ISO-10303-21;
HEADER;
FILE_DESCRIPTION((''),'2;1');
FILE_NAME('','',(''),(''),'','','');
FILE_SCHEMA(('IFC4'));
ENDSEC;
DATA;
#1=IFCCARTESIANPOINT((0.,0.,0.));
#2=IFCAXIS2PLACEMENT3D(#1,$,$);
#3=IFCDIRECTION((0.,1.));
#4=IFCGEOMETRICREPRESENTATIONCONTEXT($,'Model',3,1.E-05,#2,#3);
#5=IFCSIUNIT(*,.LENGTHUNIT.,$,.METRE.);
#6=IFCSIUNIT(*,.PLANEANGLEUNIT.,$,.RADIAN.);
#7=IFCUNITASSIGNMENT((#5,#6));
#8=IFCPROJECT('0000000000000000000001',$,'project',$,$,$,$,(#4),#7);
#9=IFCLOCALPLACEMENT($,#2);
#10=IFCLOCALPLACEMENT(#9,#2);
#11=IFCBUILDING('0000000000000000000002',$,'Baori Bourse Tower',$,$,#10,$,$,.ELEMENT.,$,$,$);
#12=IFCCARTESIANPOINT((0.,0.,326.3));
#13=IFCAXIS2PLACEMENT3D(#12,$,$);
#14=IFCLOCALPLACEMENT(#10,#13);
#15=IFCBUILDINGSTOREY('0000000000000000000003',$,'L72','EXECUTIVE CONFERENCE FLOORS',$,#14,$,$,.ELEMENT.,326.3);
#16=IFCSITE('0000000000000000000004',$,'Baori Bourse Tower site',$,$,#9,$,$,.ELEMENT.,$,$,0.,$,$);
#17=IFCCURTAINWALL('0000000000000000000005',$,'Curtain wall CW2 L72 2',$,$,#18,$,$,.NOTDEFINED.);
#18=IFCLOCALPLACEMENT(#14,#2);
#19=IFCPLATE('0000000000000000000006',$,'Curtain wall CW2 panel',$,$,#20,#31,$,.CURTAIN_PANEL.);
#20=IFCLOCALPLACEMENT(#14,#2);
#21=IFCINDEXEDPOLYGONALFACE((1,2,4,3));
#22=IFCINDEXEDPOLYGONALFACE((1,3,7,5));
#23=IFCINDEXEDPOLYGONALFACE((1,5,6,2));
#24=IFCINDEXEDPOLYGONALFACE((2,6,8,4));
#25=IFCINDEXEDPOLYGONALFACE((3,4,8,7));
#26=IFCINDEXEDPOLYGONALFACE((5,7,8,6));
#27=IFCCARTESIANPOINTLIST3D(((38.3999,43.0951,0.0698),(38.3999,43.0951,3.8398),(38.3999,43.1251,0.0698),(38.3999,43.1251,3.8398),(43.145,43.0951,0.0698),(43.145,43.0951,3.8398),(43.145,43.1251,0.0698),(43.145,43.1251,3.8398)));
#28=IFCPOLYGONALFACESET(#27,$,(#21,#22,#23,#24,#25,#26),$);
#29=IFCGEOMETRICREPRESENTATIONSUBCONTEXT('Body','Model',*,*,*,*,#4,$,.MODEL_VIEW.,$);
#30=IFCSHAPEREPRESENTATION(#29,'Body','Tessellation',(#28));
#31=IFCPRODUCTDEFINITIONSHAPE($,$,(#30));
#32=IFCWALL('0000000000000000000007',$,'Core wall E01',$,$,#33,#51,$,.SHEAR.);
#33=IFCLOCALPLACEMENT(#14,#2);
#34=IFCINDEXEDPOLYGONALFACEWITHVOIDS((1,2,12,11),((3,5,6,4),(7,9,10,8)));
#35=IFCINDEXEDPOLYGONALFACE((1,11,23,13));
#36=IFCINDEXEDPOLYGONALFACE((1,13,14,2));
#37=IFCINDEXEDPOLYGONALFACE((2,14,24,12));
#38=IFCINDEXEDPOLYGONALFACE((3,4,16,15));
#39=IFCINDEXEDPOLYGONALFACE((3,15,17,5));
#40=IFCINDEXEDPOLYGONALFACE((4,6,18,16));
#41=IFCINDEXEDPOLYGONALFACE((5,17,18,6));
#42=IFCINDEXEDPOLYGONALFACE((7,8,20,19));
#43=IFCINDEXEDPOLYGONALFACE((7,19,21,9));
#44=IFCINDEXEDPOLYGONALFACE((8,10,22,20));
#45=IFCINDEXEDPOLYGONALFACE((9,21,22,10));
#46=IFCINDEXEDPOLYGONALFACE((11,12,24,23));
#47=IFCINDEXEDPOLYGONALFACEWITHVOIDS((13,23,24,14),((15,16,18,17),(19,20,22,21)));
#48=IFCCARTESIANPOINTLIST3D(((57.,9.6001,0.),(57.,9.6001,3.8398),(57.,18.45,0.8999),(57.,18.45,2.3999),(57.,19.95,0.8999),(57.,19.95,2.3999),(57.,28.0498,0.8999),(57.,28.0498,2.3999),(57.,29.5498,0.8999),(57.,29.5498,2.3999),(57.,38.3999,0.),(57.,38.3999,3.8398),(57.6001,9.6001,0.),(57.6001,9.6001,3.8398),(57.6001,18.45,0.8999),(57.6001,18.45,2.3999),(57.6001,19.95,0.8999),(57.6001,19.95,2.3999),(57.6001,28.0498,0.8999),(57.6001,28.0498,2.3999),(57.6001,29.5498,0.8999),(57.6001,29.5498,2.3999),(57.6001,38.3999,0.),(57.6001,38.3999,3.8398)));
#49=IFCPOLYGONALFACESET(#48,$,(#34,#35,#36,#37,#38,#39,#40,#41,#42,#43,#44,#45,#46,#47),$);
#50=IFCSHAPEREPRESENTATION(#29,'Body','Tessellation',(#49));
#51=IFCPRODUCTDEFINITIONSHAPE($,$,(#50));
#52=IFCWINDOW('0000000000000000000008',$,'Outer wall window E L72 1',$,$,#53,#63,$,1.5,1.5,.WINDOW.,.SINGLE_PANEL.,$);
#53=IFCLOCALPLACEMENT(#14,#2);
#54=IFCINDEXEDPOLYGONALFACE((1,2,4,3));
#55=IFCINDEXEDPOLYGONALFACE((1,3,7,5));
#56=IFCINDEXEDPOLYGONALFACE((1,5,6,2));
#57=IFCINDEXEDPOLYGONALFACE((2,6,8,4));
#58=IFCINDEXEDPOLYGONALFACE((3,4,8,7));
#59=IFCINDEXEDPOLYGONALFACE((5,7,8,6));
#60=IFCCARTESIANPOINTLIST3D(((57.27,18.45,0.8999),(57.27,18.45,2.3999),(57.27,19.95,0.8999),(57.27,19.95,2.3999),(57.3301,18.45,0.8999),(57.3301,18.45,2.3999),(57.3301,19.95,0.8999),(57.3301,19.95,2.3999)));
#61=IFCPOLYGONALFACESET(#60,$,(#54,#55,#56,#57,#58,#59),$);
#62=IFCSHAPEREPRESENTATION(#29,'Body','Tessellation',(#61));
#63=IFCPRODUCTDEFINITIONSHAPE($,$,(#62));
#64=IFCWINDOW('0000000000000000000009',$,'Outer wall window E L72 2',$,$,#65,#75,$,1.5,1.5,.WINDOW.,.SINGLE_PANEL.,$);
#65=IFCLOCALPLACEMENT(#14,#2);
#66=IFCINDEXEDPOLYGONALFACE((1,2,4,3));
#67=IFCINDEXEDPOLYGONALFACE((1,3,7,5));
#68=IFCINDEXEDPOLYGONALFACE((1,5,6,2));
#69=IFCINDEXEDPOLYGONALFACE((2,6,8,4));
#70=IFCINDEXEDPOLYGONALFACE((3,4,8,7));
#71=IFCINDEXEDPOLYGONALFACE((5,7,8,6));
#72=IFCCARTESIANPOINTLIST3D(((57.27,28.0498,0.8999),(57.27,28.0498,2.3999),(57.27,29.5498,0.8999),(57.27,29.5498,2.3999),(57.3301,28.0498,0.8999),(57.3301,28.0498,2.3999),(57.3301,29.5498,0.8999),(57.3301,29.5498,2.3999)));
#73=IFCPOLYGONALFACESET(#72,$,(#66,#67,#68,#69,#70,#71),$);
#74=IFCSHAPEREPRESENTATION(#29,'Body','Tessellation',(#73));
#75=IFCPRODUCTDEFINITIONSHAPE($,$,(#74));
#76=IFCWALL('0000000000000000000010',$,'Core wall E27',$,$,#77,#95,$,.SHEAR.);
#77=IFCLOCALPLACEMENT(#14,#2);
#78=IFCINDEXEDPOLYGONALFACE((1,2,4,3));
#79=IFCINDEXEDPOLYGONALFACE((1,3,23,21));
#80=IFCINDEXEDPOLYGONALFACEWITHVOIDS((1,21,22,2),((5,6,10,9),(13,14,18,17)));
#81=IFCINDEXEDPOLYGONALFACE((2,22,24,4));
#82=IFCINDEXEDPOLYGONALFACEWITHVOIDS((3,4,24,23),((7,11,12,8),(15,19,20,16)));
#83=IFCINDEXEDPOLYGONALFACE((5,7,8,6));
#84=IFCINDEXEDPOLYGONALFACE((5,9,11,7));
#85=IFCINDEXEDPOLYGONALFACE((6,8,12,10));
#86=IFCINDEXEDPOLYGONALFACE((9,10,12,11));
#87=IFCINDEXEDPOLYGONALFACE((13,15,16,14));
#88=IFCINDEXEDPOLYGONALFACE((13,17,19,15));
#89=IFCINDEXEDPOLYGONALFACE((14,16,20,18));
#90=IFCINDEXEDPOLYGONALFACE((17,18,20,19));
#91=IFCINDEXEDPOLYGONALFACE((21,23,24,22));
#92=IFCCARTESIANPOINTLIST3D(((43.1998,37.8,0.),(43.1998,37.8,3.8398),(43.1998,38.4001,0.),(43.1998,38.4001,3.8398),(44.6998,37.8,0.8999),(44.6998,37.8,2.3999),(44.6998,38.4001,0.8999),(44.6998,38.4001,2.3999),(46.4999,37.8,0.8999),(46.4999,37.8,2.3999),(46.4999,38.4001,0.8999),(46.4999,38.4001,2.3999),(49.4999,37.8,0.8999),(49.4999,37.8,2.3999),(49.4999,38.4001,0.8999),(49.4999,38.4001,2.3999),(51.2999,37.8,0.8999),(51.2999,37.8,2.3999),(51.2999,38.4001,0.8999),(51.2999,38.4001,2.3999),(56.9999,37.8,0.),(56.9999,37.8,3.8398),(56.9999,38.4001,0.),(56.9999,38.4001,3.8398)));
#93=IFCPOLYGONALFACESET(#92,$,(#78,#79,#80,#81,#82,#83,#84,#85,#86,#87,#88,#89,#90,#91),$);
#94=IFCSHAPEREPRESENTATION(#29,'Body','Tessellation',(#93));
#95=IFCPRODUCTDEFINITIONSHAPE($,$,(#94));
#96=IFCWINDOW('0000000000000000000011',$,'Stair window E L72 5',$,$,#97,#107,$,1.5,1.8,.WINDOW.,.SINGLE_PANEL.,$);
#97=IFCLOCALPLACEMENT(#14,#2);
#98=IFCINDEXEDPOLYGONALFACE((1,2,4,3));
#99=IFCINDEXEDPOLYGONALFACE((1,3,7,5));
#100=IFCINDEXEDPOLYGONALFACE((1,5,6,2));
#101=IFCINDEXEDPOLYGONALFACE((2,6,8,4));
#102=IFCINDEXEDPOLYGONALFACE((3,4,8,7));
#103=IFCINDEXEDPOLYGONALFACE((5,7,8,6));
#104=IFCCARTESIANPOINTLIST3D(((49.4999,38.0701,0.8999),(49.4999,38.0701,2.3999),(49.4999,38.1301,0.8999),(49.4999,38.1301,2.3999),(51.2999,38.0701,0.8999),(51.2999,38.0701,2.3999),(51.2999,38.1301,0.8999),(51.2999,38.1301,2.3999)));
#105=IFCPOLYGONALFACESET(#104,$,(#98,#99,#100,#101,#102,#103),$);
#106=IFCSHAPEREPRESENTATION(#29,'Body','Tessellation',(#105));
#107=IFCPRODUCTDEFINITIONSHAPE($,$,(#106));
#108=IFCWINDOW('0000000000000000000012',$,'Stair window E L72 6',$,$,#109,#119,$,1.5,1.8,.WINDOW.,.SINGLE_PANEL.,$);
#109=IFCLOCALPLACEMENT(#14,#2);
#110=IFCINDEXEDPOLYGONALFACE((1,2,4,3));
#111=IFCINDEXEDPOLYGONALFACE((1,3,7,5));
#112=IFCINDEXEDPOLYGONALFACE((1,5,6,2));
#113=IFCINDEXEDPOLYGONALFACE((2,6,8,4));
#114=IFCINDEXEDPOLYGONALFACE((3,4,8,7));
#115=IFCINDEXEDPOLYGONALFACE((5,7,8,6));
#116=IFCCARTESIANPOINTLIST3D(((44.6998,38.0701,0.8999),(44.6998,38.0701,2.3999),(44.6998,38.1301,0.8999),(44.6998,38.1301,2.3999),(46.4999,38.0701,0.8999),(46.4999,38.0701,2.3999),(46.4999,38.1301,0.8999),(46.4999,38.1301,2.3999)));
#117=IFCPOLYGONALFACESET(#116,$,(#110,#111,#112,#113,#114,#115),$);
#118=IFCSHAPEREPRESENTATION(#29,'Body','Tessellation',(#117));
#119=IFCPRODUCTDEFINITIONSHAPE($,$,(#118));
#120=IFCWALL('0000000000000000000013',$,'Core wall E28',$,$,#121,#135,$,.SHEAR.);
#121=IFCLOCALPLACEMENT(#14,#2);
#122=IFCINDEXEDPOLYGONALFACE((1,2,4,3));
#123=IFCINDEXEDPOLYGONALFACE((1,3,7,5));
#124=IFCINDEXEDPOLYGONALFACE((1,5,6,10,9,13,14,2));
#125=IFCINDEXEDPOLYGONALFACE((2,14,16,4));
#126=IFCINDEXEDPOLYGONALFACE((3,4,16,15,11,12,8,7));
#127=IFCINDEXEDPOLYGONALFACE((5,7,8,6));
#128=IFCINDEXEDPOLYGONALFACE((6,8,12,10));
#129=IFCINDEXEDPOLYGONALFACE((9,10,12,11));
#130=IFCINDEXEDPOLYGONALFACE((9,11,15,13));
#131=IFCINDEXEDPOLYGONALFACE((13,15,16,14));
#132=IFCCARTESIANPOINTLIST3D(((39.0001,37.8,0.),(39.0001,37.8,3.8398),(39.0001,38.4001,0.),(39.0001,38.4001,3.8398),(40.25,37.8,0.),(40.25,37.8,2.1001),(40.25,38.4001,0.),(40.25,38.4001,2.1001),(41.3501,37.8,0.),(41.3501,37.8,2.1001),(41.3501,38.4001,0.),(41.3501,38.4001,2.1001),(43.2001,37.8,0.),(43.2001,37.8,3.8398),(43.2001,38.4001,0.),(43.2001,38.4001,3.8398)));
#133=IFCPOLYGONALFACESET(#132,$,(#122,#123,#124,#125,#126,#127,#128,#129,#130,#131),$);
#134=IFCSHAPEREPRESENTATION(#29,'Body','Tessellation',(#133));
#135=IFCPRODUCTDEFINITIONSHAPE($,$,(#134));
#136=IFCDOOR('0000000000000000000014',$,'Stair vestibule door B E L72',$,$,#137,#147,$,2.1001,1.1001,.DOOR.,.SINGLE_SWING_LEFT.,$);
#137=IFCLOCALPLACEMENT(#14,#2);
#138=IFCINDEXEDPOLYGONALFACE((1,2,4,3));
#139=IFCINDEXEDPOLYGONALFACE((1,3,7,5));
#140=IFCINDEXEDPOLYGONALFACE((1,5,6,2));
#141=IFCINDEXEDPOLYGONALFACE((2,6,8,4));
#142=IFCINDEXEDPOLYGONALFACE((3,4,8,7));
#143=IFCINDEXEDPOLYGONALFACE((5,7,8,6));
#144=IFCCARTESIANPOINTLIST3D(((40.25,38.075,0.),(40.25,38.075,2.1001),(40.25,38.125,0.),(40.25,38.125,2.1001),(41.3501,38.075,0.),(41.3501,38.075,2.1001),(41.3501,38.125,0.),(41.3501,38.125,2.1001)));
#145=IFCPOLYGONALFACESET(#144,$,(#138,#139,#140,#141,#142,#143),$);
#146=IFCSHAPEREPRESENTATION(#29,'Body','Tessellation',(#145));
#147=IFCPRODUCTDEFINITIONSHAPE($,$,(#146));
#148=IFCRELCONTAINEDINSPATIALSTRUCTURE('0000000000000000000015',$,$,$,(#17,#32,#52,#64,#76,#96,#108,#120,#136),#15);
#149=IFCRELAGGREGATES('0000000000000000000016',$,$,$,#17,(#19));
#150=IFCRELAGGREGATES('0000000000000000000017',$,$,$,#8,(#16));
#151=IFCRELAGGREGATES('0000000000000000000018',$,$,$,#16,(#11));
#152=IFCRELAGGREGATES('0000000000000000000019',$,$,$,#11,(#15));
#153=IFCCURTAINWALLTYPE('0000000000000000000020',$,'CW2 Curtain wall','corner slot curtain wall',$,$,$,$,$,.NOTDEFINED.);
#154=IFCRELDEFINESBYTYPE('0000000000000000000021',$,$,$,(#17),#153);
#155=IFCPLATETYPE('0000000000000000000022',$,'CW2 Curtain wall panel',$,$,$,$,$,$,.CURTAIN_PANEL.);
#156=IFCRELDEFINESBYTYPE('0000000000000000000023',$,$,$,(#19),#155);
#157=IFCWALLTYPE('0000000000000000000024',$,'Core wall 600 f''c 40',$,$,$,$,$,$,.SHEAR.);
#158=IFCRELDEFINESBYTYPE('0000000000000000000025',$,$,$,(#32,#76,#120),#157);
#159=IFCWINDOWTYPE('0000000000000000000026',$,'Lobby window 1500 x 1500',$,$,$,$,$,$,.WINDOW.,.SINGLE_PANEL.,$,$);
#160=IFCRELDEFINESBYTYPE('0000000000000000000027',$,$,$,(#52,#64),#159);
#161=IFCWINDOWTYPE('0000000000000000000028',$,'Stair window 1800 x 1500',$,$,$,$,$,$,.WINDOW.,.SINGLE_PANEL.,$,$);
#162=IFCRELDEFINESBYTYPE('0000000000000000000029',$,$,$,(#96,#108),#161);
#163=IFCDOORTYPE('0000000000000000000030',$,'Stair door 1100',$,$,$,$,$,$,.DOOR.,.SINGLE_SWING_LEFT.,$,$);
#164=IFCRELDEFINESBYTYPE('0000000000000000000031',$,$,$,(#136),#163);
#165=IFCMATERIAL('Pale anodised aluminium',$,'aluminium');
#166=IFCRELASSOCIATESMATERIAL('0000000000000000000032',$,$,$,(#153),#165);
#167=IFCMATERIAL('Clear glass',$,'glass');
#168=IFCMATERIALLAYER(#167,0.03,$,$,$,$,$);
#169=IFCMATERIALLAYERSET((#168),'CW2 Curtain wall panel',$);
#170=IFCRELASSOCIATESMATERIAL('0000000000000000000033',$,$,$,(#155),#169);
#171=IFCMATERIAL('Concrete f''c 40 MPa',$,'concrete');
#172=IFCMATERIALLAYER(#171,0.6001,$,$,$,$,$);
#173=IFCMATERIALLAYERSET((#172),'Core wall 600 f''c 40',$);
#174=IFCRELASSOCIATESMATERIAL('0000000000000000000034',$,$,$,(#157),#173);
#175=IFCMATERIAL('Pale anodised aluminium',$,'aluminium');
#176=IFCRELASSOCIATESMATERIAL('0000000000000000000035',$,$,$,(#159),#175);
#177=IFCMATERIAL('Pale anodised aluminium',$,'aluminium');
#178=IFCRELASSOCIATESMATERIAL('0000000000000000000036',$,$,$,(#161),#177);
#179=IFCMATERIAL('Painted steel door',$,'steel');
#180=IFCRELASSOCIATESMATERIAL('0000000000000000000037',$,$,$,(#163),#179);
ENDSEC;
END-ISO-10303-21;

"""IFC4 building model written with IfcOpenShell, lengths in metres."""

from ifc_helpers import new_model, si_unit, direction, frame, frame_2d, origin, origin_2d, place, context, subcontext, project, spatial, rectangle, extrude, material, layer, layer_set, type_object, element, fill, aggregate, save


model = new_model("IFC4")

# Units and contexts
model_context = context("Model", 3, precision=1e-05, world=origin(), true_north=direction((0.0, 1.0)))
body_context = subcontext(model_context, "Body", "Model", "MODEL_VIEW")
ifc_project = project(units=[si_unit("LENGTHUNIT", "METRE"), si_unit("PLANEANGLEUNIT", "RADIAN")], contexts=[model_context])

# Site, building, storey
site_placement = place(None, origin())
site = spatial("IfcSite", under=ifc_project, at=site_placement, Name="Baori Bourse Tower site", CompositionType="ELEMENT", RefElevation=0.0)
building_placement = place(site_placement, origin())
building = spatial("IfcBuilding", under=site, at=building_placement, Name="Baori Bourse Tower", CompositionType="ELEMENT")
storey_placement = place(building_placement, frame((0.0, 0.0, 326.3)))
storey = spatial("IfcBuildingStorey", under=building, at=storey_placement, Name="L72", Description="EXECUTIVE CONFERENCE FLOORS", CompositionType="ELEMENT", Elevation=326.3)

# Curtain wall
ifc_material_1 = material(Name="Pale anodised aluminium", Category="aluminium")
curtain_wall_type = type_object("IfcCurtainWallType", Name="CW2 Curtain wall", Description="corner slot curtain wall", PredefinedType="NOTDEFINED", material=ifc_material_1)
curtain_wall_1_placement = place(storey_placement, origin())
curtain_wall_1 = element("IfcCurtainWall", 1, at=curtain_wall_1_placement, inside=storey, type_object=curtain_wall_type, Name="Curtain wall CW2 L72 2", PredefinedType="NOTDEFINED")

# Plate
ifc_material_2 = material(Name="Clear glass", Category="glass")
ifc_layer_1 = layer(ifc_material_2, 0.03)
ifc_layer_set_1 = layer_set([ifc_layer_1], Name="CW2 Curtain wall panel")
plate_type = type_object("IfcPlateType", Name="CW2 Curtain wall panel", PredefinedType="CURTAIN_PANEL", material=ifc_layer_set_1)
plate_1_placement = place(storey_placement, frame((40.7725, 43.1101, 0.0698), z_axis=(0.0, 0.0, 1.0), x_axis=(-1.0, 0.0, 0.0)))
plate_1 = element("IfcPlate", 2, at=plate_1_placement, type_object=plate_type, Name="Curtain wall CW2 panel", PredefinedType="CURTAIN_PANEL", context=body_context, shape_type="SweptSolid", body=[
    extrude(rectangle(XDim=4.7451, YDim=0.03, at=origin_2d()), origin(), (0.0, 0.0, 1.0), 3.77),
])
aggregate(curtain_wall_1, [plate_1])

# Walls, openings, windows
ifc_material_3 = material(Name="Concrete f'c 40 MPa", Category="concrete")
ifc_layer_2 = layer(ifc_material_3, 0.6001)
ifc_layer_set_2 = layer_set([ifc_layer_2], Name="Core wall 600 f'c 40")
wall_type_1 = type_object("IfcWallType", Name="Core wall 600 f'c 40", PredefinedType="SHEAR", material=ifc_layer_set_2)
wall_1_placement = place(storey_placement, frame((57.3, 38.3999, 0.0), z_axis=(0.0, 0.0, 1.0), x_axis=(0.0, -1.0, 0.0)))
wall_1 = element("IfcWall", 3, at=wall_1_placement, inside=storey, type_object=wall_type_1, Name="Core wall E01", PredefinedType="SHEAR", context=body_context, shape_type="SweptSolid", body=[
    extrude(rectangle(XDim=28.7998, YDim=0.6001, at=frame_2d((14.3999, 0.0))), origin(), (0.0, 0.0, 1.0), 3.8398),
])
opening_1_placement = place(wall_1_placement, frame((18.45, 0.0, 0.8999)))
opening_1 = element("IfcOpeningElement", 4, at=opening_1_placement, cuts=wall_1, PredefinedType="OPENING", context=body_context, shape_type="SweptSolid", body=[
    extrude(rectangle(XDim=1.5, YDim=1.5, at=frame_2d((0.75, 0.75))), frame((0.0, 0.3101, 0.0), z_axis=(0.0, -1.0, 0.0), x_axis=(1.0, 0.0, 0.0)), (0.0, 0.0, 1.0), 0.6201),
])
opening_2_placement = place(wall_1_placement, frame((8.8501, 0.0, 0.8999)))
opening_2 = element("IfcOpeningElement", 5, at=opening_2_placement, cuts=wall_1, PredefinedType="OPENING", context=body_context, shape_type="SweptSolid", body=[
    extrude(rectangle(XDim=1.5, YDim=1.5, at=frame_2d((0.75, 0.75))), frame((0.0, 0.3101, 0.0), z_axis=(0.0, -1.0, 0.0), x_axis=(1.0, 0.0, 0.0)), (0.0, 0.0, 1.0), 0.6201),
])
ifc_material_4 = material(Name="Pale anodised aluminium", Category="aluminium")
window_type_1 = type_object("IfcWindowType", Name="Lobby window 1500 x 1500", PartitioningType="SINGLE_PANEL", PredefinedType="WINDOW", material=ifc_material_4)
window_1_placement = place(opening_1_placement, origin())
window_1 = element("IfcWindow", 6, at=window_1_placement, inside=storey, type_object=window_type_1, Name="Outer wall window E L72 1", OverallHeight=1.5, OverallWidth=1.5, PartitioningType="SINGLE_PANEL", PredefinedType="WINDOW", context=body_context, shape_type="SweptSolid", body=[
    extrude(rectangle(XDim=1.5, YDim=1.5, at=frame_2d((0.75, 0.75))), frame((0.0, 0.03, 0.0), z_axis=(0.0, -1.0, 0.0), x_axis=(1.0, 0.0, 0.0)), (0.0, 0.0, 1.0), 0.0601),
])
fill(opening_1, window_1)
window_2_placement = place(opening_2_placement, origin())
window_2 = element("IfcWindow", 7, at=window_2_placement, inside=storey, type_object=window_type_1, Name="Outer wall window E L72 2", OverallHeight=1.5, OverallWidth=1.5, PartitioningType="SINGLE_PANEL", PredefinedType="WINDOW", context=body_context, shape_type="SweptSolid", body=[
    extrude(rectangle(XDim=1.5, YDim=1.5, at=frame_2d((0.75, 0.75))), frame((0.0, 0.03, 0.0), z_axis=(0.0, -1.0, 0.0), x_axis=(1.0, 0.0, 0.0)), (0.0, 0.0, 1.0), 0.0601),
])
fill(opening_2, window_2)
wall_2_placement = place(storey_placement, frame((43.2, 38.1001, 0.0), z_axis=(0.0, 0.0, 1.0), x_axis=(1.0, 0.0, 0.0)))
wall_2 = element("IfcWall", 8, at=wall_2_placement, inside=storey, type_object=wall_type_1, Name="Core wall E27", PredefinedType="SHEAR", context=body_context, shape_type="SweptSolid", body=[
    extrude(rectangle(XDim=13.8, YDim=0.6001, at=frame_2d((6.8999, 0.0))), origin(), (0.0, 0.0, 1.0), 3.8398),
])
opening_3_placement = place(wall_2_placement, frame((6.3, 0.0, 0.8999)))
opening_3 = element("IfcOpeningElement", 9, at=opening_3_placement, cuts=wall_2, PredefinedType="OPENING", context=body_context, shape_type="SweptSolid", body=[
    extrude(rectangle(XDim=1.8, YDim=1.5, at=frame_2d((0.8999, 0.75))), frame((0.0, 0.3101, 0.0), z_axis=(0.0, -1.0, 0.0), x_axis=(1.0, 0.0, 0.0)), (0.0, 0.0, 1.0), 0.6201),
])
opening_4_placement = place(wall_2_placement, frame((1.5, 0.0, 0.8999)))
opening_4 = element("IfcOpeningElement", 10, at=opening_4_placement, cuts=wall_2, PredefinedType="OPENING", context=body_context, shape_type="SweptSolid", body=[
    extrude(rectangle(XDim=1.8, YDim=1.5, at=frame_2d((0.8999, 0.75))), frame((0.0, 0.3101, 0.0), z_axis=(0.0, -1.0, 0.0), x_axis=(1.0, 0.0, 0.0)), (0.0, 0.0, 1.0), 0.6201),
])
ifc_material_5 = material(Name="Pale anodised aluminium", Category="aluminium")
window_type_2 = type_object("IfcWindowType", Name="Stair window 1800 x 1500", PartitioningType="SINGLE_PANEL", PredefinedType="WINDOW", material=ifc_material_5)
window_3_placement = place(opening_3_placement, origin())
window_3 = element("IfcWindow", 11, at=window_3_placement, inside=storey, type_object=window_type_2, Name="Stair window E L72 5", OverallHeight=1.5, OverallWidth=1.8, PartitioningType="SINGLE_PANEL", PredefinedType="WINDOW", context=body_context, shape_type="SweptSolid", body=[
    extrude(rectangle(XDim=1.8, YDim=1.5, at=frame_2d((0.8999, 0.75))), frame((0.0, 0.03, 0.0), z_axis=(0.0, -1.0, 0.0), x_axis=(1.0, 0.0, 0.0)), (0.0, 0.0, 1.0), 0.0601),
])
fill(opening_3, window_3)
window_4_placement = place(opening_4_placement, origin())
window_4 = element("IfcWindow", 12, at=window_4_placement, inside=storey, type_object=window_type_2, Name="Stair window E L72 6", OverallHeight=1.5, OverallWidth=1.8, PartitioningType="SINGLE_PANEL", PredefinedType="WINDOW", context=body_context, shape_type="SweptSolid", body=[
    extrude(rectangle(XDim=1.8, YDim=1.5, at=frame_2d((0.8999, 0.75))), frame((0.0, 0.03, 0.0), z_axis=(0.0, -1.0, 0.0), x_axis=(1.0, 0.0, 0.0)), (0.0, 0.0, 1.0), 0.0601),
])
fill(opening_4, window_4)

# Wall, opening, door
wall_3_placement = place(storey_placement, frame((39.0, 38.1001, 0.0), z_axis=(0.0, 0.0, 1.0), x_axis=(1.0, 0.0, 0.0)))
wall_3 = element("IfcWall", 13, at=wall_3_placement, inside=storey, type_object=wall_type_1, Name="Core wall E28", PredefinedType="SHEAR", context=body_context, shape_type="SweptSolid", body=[
    extrude(rectangle(XDim=4.2, YDim=0.6001, at=frame_2d((2.1001, 0.0))), origin(), (0.0, 0.0, 1.0), 3.8398),
])
opening_5_placement = place(wall_3_placement, frame((1.25, 0.0, 0.0)))
opening_5 = element("IfcOpeningElement", 14, at=opening_5_placement, cuts=wall_3, PredefinedType="OPENING", context=body_context, shape_type="SweptSolid", body=[
    extrude(rectangle(XDim=1.1001, YDim=2.1001, at=frame_2d((0.55, 1.05))), frame((0.0, 0.3101, 0.0), z_axis=(0.0, -1.0, 0.0), x_axis=(1.0, 0.0, 0.0)), (0.0, 0.0, 1.0), 0.6201),
])
ifc_material_6 = material(Name="Painted steel door", Category="steel")
door_type_1 = type_object("IfcDoorType", Name="Stair door 1100", OperationType="SINGLE_SWING_LEFT", PredefinedType="DOOR", material=ifc_material_6)
door_1_placement = place(opening_5_placement, origin())
door_1 = element("IfcDoor", 15, at=door_1_placement, inside=storey, type_object=door_type_1, Name="Stair vestibule door B E L72", OperationType="SINGLE_SWING_LEFT", OverallHeight=2.1001, OverallWidth=1.1001, PredefinedType="DOOR", context=body_context, shape_type="SweptSolid", body=[
    extrude(rectangle(XDim=1.1001, YDim=2.1001, at=frame_2d((0.55, 1.05))), frame((0.0, 0.0249, 0.0), z_axis=(0.0, -1.0, 0.0), x_axis=(1.0, 0.0, 0.0)), (0.0, 0.0, 1.0), 0.05),
])
fill(opening_5, door_1)

save(model, "model.ifc")
